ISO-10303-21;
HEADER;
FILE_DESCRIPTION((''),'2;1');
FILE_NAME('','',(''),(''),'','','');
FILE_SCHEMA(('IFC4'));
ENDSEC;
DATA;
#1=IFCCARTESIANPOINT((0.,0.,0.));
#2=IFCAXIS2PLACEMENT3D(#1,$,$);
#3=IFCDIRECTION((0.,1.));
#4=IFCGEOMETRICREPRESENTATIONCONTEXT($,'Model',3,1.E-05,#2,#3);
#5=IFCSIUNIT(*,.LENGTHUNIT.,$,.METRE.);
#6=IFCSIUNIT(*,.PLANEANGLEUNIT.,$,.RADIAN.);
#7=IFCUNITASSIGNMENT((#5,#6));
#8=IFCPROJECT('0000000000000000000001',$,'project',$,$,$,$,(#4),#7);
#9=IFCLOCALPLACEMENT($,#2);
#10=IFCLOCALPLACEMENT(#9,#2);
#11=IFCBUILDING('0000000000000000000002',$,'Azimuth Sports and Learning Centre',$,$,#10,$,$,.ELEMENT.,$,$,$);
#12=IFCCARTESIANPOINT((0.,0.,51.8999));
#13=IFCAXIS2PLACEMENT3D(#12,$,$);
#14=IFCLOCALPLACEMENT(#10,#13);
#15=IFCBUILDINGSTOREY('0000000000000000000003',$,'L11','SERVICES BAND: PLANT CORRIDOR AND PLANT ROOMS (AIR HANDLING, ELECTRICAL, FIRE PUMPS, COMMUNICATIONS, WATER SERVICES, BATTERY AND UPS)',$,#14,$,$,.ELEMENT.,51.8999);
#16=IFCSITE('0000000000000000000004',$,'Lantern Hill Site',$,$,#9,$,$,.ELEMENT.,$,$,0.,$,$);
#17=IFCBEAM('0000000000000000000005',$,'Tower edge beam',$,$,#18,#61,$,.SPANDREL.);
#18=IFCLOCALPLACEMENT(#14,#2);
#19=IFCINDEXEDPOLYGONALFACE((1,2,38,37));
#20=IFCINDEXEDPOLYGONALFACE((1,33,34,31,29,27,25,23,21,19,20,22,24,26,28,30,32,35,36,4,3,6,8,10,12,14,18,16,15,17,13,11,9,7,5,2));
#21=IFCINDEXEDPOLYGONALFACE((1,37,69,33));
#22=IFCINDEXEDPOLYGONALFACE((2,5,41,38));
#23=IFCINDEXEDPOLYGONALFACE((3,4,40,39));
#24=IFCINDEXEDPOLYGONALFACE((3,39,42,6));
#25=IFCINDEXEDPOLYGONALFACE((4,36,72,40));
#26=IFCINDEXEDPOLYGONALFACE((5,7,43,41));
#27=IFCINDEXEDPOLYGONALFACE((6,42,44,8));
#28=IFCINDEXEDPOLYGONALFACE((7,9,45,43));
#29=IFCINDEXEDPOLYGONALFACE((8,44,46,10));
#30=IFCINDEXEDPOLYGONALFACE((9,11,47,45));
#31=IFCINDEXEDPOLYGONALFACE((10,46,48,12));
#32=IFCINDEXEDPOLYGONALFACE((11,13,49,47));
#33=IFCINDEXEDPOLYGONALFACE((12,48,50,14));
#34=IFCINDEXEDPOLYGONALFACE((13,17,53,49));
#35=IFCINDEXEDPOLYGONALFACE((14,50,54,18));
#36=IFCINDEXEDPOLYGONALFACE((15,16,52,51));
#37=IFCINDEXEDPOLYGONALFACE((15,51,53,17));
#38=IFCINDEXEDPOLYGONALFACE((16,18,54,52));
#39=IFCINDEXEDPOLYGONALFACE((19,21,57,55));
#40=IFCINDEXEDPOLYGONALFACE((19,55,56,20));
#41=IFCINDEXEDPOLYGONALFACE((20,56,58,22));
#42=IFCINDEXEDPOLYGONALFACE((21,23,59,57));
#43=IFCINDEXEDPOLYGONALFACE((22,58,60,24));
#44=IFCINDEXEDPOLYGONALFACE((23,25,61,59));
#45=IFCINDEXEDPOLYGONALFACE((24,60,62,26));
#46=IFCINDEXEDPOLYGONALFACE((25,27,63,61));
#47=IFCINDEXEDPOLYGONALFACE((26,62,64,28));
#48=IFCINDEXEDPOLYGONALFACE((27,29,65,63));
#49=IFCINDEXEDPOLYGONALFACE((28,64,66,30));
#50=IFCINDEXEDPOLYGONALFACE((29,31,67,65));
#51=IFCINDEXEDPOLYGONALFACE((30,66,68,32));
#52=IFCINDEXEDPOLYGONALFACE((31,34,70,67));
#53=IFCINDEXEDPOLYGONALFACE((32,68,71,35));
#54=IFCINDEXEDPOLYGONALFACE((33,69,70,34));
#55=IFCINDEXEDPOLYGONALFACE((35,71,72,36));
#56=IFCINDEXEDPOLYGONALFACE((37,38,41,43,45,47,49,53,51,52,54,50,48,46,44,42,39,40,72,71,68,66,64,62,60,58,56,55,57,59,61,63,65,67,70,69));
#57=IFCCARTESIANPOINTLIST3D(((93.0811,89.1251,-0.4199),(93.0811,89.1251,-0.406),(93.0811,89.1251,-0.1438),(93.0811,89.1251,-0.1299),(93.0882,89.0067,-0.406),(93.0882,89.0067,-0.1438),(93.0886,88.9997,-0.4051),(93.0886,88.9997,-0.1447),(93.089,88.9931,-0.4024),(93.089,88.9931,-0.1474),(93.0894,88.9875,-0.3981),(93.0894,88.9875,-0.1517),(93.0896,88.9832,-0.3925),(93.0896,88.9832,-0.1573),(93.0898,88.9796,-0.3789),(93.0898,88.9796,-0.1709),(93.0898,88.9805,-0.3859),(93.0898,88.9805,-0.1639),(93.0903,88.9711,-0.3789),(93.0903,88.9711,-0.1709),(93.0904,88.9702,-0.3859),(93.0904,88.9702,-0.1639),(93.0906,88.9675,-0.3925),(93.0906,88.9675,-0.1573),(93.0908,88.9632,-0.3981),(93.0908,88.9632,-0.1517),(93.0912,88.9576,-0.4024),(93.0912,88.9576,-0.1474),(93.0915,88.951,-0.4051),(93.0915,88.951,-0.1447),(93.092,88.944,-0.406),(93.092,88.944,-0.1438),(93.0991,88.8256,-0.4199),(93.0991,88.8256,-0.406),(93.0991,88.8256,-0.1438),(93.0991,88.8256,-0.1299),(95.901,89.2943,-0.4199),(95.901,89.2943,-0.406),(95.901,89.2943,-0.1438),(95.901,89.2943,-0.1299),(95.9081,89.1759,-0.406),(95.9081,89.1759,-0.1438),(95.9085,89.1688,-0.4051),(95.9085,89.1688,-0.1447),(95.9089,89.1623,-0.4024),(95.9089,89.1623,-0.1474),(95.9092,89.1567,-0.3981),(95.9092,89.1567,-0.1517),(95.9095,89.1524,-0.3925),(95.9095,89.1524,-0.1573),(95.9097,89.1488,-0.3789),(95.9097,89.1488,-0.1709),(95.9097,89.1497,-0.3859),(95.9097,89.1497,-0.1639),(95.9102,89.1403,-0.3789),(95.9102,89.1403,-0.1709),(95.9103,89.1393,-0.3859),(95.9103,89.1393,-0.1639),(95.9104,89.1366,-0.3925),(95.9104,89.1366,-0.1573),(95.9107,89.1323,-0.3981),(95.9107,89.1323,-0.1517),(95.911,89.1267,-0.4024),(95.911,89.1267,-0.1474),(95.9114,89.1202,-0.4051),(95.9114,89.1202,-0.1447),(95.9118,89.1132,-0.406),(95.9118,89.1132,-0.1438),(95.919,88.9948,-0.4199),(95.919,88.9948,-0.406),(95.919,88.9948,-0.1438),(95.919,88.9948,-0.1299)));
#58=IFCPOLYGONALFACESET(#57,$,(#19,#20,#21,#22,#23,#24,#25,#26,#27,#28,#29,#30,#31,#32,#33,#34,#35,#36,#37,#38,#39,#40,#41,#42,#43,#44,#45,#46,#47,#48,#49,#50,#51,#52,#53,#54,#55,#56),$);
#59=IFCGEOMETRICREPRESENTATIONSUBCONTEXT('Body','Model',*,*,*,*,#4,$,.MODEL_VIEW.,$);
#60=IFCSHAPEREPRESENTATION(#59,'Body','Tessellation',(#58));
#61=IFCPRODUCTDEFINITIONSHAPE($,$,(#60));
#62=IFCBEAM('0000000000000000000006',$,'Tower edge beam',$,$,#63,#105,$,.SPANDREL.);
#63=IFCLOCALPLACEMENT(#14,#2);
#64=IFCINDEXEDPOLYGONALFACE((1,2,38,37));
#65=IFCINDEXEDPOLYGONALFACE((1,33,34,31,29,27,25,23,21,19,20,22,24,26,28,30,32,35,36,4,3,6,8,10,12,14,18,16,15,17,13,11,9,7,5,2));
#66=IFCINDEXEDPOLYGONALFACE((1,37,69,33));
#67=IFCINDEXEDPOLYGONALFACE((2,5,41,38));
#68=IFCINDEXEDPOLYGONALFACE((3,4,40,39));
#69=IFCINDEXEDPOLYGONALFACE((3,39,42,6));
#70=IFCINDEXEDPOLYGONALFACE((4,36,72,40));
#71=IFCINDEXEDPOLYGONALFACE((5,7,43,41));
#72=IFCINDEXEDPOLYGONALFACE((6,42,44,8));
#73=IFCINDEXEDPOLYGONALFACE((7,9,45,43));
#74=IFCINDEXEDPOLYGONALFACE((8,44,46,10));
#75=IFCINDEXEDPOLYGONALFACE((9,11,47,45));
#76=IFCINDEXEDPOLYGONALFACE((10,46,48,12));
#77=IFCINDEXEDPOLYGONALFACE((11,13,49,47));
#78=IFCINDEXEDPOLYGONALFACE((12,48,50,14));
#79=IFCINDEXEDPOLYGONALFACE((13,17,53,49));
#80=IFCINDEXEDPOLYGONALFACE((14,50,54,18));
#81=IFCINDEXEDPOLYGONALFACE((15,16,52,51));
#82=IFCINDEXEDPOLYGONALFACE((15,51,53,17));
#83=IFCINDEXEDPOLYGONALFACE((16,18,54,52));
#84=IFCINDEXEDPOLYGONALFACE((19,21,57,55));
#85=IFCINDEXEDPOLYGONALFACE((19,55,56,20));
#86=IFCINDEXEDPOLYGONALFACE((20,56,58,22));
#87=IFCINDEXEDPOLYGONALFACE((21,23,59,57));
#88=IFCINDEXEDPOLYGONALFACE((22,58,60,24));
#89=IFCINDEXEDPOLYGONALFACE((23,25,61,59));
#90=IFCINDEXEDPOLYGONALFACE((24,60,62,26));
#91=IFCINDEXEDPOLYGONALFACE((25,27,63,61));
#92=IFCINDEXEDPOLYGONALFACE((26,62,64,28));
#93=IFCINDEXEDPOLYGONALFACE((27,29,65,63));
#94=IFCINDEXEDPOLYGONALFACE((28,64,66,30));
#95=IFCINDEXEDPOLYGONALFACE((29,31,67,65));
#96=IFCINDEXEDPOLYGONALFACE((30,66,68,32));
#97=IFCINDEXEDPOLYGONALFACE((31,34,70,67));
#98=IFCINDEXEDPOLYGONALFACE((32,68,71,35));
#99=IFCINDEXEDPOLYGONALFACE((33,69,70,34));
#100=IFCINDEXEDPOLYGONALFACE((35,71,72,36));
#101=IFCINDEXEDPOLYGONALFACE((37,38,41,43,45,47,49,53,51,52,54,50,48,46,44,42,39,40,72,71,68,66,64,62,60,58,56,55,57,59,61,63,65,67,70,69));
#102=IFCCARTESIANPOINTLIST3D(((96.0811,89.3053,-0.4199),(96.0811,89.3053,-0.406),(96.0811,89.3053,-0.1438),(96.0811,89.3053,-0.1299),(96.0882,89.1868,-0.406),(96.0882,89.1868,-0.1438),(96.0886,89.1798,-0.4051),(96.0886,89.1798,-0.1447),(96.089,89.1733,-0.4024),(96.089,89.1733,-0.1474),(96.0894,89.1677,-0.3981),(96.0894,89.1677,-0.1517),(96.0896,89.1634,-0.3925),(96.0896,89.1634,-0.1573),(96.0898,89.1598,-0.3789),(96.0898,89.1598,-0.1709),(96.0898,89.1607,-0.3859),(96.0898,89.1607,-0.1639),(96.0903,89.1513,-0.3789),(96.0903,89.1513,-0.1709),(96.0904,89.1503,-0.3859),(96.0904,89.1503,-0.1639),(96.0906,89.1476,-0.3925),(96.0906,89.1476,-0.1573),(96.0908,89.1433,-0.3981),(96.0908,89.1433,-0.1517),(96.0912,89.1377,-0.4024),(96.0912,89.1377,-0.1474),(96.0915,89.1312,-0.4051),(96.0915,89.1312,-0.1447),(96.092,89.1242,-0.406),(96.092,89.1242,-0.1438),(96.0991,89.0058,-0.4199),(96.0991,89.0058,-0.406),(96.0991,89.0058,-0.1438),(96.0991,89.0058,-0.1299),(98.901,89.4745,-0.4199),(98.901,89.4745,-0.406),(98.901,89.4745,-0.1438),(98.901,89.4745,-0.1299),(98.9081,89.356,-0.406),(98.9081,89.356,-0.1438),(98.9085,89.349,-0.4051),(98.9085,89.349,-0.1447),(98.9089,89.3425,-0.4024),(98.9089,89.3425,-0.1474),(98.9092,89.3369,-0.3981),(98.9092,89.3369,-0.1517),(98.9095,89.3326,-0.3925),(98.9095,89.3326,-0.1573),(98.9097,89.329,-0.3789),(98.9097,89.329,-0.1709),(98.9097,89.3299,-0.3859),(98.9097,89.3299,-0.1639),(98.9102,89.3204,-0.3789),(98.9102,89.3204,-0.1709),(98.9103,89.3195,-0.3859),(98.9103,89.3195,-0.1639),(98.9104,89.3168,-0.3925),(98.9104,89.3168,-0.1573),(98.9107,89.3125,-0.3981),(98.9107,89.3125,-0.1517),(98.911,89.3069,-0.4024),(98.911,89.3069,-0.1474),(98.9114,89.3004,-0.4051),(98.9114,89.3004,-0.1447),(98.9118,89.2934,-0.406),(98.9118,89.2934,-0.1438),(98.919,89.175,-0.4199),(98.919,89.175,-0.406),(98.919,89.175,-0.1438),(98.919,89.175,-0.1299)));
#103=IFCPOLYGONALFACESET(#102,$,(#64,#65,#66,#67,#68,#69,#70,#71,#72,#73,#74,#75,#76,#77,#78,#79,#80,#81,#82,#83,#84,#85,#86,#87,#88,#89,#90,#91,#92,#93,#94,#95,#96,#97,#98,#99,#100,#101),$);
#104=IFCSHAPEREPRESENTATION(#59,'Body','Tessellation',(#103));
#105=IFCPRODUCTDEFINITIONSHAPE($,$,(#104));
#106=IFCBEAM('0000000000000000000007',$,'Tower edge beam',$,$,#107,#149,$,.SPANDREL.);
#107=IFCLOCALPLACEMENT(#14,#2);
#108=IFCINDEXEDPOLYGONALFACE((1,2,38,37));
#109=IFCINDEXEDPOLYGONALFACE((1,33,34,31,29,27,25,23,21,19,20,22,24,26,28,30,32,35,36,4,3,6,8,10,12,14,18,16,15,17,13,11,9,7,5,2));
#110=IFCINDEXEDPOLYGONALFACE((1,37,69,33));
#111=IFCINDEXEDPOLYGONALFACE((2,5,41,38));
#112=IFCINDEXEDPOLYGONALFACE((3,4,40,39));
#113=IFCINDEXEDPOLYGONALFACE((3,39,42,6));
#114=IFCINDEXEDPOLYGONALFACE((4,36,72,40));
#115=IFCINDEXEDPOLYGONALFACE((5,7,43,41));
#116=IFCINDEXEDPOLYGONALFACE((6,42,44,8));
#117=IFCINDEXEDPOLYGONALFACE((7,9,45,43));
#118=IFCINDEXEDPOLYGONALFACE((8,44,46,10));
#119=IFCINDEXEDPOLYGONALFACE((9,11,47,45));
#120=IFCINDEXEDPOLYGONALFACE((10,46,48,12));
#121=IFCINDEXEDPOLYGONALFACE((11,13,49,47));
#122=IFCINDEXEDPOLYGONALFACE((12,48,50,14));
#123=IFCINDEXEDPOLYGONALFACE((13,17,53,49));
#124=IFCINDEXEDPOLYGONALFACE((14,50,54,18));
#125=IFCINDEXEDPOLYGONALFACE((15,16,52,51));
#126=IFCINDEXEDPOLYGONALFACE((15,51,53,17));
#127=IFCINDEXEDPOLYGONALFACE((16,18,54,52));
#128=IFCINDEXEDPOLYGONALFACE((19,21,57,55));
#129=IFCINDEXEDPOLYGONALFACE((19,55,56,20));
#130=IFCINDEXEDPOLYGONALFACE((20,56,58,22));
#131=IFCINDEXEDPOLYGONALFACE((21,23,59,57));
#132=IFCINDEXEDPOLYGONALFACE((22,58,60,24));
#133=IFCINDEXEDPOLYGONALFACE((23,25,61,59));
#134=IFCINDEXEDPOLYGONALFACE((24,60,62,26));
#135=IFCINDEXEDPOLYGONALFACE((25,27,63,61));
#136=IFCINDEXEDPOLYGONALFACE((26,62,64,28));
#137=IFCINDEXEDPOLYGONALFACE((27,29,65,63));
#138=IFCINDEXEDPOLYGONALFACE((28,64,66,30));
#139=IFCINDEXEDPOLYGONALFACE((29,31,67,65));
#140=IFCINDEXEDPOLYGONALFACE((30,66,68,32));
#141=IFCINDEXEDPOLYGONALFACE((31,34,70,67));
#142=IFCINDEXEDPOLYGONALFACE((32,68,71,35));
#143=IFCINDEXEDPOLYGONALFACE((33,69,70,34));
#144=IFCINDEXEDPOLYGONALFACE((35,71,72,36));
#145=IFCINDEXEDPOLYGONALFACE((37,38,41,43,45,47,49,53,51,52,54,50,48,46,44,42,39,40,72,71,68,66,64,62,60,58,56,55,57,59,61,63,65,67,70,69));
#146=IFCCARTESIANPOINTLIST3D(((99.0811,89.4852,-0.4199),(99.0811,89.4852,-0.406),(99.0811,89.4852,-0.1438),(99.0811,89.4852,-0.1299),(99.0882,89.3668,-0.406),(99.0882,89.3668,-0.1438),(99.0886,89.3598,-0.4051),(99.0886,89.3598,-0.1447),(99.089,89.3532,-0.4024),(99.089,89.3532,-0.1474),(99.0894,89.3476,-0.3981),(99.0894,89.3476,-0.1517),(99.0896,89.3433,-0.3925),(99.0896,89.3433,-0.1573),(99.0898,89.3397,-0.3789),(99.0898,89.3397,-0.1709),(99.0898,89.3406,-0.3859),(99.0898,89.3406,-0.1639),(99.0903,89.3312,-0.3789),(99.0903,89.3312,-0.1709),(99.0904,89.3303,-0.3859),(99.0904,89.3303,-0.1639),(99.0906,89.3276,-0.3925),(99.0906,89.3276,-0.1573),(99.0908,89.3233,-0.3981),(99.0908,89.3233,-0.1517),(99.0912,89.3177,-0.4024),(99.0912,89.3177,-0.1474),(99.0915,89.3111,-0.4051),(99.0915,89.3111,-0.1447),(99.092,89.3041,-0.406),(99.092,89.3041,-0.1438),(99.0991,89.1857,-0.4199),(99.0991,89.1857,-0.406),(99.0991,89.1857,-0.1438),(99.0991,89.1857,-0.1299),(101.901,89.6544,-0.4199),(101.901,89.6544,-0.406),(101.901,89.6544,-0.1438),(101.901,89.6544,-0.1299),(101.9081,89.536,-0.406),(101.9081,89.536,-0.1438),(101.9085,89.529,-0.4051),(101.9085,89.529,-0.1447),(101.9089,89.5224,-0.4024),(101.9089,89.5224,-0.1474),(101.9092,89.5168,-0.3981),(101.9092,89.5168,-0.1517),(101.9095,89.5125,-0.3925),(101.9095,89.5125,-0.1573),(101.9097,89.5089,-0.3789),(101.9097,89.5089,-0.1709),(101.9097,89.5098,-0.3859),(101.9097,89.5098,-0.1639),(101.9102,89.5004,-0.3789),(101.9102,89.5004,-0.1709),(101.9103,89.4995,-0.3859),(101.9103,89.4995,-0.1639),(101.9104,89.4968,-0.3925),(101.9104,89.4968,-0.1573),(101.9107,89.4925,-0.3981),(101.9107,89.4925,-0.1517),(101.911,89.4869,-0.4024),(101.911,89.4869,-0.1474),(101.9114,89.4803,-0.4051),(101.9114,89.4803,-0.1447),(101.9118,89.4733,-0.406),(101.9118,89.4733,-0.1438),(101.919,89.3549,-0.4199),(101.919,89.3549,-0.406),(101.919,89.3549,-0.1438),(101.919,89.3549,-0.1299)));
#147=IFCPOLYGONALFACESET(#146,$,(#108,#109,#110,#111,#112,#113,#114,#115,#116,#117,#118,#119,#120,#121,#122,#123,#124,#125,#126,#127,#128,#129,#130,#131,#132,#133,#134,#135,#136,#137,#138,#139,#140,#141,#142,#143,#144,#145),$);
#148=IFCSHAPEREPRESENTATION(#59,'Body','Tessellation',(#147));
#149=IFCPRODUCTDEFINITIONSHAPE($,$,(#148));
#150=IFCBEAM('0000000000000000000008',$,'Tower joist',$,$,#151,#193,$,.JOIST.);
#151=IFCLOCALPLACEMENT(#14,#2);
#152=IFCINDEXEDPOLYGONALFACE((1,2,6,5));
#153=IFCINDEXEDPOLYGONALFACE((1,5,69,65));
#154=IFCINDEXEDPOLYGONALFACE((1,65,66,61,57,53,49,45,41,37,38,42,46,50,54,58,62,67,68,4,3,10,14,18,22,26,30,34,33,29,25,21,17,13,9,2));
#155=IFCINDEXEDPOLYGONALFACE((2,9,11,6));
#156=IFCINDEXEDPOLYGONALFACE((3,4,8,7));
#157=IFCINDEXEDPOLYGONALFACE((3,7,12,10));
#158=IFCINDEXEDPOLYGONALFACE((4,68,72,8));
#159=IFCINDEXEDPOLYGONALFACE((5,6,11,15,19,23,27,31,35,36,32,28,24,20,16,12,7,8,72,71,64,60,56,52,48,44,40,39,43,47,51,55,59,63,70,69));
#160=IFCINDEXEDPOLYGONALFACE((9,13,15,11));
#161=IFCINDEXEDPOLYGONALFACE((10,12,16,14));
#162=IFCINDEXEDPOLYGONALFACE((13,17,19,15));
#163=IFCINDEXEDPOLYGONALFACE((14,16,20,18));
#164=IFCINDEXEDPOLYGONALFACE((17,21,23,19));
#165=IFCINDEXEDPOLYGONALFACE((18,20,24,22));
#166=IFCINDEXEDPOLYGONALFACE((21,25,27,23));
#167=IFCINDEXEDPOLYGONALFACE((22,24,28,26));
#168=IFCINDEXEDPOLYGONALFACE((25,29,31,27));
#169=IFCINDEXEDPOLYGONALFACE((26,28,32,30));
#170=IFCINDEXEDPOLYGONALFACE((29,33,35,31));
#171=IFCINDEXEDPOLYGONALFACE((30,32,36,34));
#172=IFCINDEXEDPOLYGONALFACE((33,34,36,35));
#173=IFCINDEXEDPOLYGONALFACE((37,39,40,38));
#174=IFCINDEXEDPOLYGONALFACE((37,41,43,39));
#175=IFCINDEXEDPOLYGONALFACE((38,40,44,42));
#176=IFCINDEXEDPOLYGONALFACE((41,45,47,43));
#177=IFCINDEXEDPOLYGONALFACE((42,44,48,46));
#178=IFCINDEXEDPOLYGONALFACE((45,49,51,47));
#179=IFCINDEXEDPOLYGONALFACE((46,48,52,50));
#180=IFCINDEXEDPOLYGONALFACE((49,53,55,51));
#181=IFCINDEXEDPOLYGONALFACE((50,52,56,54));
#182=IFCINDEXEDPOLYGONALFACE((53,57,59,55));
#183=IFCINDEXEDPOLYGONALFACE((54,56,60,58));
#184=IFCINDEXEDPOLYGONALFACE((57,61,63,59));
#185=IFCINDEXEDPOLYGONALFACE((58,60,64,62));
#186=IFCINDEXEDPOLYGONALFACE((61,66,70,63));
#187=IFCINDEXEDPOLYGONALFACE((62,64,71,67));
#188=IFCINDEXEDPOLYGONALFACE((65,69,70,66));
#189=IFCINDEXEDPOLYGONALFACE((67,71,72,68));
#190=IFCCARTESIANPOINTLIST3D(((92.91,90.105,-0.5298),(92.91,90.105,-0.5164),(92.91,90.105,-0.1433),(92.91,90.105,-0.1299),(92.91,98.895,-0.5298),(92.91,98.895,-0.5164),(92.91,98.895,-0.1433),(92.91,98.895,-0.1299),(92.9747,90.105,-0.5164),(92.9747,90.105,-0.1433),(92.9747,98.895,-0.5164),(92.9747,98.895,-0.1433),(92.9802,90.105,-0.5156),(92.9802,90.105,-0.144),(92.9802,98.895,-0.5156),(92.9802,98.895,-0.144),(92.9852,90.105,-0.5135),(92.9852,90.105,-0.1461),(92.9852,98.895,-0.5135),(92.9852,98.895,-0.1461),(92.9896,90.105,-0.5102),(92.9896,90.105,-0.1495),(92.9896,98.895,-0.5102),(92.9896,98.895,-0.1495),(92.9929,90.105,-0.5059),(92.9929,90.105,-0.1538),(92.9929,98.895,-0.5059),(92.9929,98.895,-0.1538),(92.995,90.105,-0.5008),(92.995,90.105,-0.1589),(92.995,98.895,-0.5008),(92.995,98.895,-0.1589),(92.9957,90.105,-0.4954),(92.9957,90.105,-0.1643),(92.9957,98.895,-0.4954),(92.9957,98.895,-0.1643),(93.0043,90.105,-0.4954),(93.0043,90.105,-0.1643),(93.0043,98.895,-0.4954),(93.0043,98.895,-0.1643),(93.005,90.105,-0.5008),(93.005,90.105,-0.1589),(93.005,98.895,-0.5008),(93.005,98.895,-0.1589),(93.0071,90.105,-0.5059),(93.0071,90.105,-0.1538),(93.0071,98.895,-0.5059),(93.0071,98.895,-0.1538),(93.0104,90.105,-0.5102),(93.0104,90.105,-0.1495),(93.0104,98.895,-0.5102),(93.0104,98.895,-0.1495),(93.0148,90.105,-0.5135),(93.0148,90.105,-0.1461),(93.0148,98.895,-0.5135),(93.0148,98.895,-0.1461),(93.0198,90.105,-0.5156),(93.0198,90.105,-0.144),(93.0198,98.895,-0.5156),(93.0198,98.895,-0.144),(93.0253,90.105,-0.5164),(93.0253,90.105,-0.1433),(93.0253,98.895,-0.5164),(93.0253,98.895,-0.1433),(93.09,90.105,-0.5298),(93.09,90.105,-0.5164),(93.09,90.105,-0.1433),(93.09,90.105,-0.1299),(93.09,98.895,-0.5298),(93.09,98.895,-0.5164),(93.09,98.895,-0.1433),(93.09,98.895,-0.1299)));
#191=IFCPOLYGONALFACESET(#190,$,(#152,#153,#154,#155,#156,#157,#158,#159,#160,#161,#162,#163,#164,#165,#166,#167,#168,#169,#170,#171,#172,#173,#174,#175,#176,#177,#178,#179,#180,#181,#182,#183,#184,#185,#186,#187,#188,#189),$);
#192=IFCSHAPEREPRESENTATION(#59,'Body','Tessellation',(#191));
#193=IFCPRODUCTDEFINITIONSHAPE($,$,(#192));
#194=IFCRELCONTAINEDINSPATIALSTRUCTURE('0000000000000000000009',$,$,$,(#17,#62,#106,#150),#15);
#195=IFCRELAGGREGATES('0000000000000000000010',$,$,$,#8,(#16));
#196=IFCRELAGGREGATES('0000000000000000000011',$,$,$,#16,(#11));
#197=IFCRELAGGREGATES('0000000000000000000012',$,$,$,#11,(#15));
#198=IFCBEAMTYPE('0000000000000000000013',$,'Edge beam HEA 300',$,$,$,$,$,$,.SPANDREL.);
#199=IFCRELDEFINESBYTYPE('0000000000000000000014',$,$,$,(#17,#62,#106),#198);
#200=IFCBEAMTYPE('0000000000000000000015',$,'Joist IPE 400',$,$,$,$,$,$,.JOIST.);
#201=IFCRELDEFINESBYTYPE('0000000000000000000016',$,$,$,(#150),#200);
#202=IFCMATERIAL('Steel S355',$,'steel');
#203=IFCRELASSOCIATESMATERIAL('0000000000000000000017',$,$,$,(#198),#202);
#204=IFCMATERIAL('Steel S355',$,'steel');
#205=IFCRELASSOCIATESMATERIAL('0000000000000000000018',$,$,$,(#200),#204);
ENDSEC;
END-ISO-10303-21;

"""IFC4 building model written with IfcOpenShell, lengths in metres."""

from ifc_helpers import new_model, si_unit, direction, frame, origin, origin_2d, place, context, subcontext, project, spatial, i_section, extrude, material, material_profile, profile_set, type_object, element, save


model = new_model("IFC4")

# Units and contexts
model_context = context("Model", 3, precision=1e-05, world=origin(), true_north=direction((0.0, 1.0)))
body_context = subcontext(model_context, "Body", "Model", "MODEL_VIEW")
ifc_project = project(units=[si_unit("LENGTHUNIT", "METRE"), si_unit("PLANEANGLEUNIT", "RADIAN")], contexts=[model_context])

# Site, building, storey
site_placement = place(None, origin())
site = spatial("IfcSite", under=ifc_project, at=site_placement, Name="Lantern Hill Site", CompositionType="ELEMENT", RefElevation=0.0)
building_placement = place(site_placement, origin())
building = spatial("IfcBuilding", under=site, at=building_placement, Name="Azimuth Sports and Learning Centre", CompositionType="ELEMENT")
storey_placement = place(building_placement, frame((0.0, 0.0, 51.8999)))
storey = spatial("IfcBuildingStorey", under=building, at=storey_placement, Name="L11", Description="SERVICES BAND: PLANT CORRIDOR AND PLANT ROOMS (AIR HANDLING, ELECTRICAL, FIRE PUMPS, COMMUNICATIONS, WATER SERVICES, BATTERY AND UPS)", CompositionType="ELEMENT", Elevation=51.8999)

# Beams
ifc_material_1 = material(Name="Steel S355", Category="steel")
ifc_material_profile_1 = material_profile(ifc_material_1, i_section(OverallWidth=0.3, OverallDepth=0.29, WebThickness=0.0085, FlangeThickness=0.0139, FilletRadius=0.0271, at=origin_2d()), Name="HEA 300")
ifc_profile_set_1 = profile_set([ifc_material_profile_1], Name="Steel S355")
beam_type_1 = type_object("IfcBeamType", Name="Edge beam HEA 300", PredefinedType="SPANDREL", material=ifc_profile_set_1)
for number, where, z_axis, x_axis, name in (
    (1, (93.0901, 88.9753, -0.2749), (0.998205, 0.059892, 0.0), (-0.059892, 0.998205, 0.0), "Tower edge beam"),
    (2, (96.0901, 89.1555, -0.2749), (0.998205, 0.059892, 0.0), (-0.059892, 0.998205, 0.0), "Tower edge beam"),
    (3, (99.0901, 89.3354, -0.2749), (0.998205, 0.059892, 0.0), (-0.059892, 0.998205, 0.0), "Tower edge beam"),
):
    element("IfcBeam", number, at=place(storey_placement, frame(where, z_axis=z_axis, x_axis=x_axis)), inside=storey, type_object=beam_type_1, Name=name, PredefinedType="SPANDREL", context=body_context, shape_type="SweptSolid", body=[
        extrude(i_section(OverallWidth=0.3, OverallDepth=0.29, WebThickness=0.0085, FlangeThickness=0.0139, FilletRadius=0.0271, at=origin_2d()), origin(), (0.0, 0.0, 1.0), 2.825),
    ])
ifc_material_2 = material(Name="Steel S355", Category="steel")
ifc_material_profile_2 = material_profile(ifc_material_2, i_section(OverallWidth=0.1799, OverallDepth=0.3999, WebThickness=0.0085, FlangeThickness=0.0134, FilletRadius=0.021, at=origin_2d()), Name="IPE 400")
ifc_profile_set_2 = profile_set([ifc_material_profile_2], Name="Steel S355")
beam_type_2 = type_object("IfcBeamType", Name="Joist IPE 400", PredefinedType="JOIST", material=ifc_profile_set_2)
for number, where, z_axis, x_axis, name in (
    (4, (93.0, 90.105, -0.3298), (0.0, 1.0, 0.0), (-1.0, 0.0, 0.0), "Tower joist"),
):
    element("IfcBeam", number, at=place(storey_placement, frame(where, z_axis=z_axis, x_axis=x_axis)), inside=storey, type_object=beam_type_2, Name=name, PredefinedType="JOIST", context=body_context, shape_type="SweptSolid", body=[
        extrude(i_section(OverallWidth=0.1799, OverallDepth=0.3999, WebThickness=0.0085, FlangeThickness=0.0134, FilletRadius=0.021, at=origin_2d()), origin(), (0.0, 0.0, 1.0), 8.79),
    ])

save(model, "model.ifc")
